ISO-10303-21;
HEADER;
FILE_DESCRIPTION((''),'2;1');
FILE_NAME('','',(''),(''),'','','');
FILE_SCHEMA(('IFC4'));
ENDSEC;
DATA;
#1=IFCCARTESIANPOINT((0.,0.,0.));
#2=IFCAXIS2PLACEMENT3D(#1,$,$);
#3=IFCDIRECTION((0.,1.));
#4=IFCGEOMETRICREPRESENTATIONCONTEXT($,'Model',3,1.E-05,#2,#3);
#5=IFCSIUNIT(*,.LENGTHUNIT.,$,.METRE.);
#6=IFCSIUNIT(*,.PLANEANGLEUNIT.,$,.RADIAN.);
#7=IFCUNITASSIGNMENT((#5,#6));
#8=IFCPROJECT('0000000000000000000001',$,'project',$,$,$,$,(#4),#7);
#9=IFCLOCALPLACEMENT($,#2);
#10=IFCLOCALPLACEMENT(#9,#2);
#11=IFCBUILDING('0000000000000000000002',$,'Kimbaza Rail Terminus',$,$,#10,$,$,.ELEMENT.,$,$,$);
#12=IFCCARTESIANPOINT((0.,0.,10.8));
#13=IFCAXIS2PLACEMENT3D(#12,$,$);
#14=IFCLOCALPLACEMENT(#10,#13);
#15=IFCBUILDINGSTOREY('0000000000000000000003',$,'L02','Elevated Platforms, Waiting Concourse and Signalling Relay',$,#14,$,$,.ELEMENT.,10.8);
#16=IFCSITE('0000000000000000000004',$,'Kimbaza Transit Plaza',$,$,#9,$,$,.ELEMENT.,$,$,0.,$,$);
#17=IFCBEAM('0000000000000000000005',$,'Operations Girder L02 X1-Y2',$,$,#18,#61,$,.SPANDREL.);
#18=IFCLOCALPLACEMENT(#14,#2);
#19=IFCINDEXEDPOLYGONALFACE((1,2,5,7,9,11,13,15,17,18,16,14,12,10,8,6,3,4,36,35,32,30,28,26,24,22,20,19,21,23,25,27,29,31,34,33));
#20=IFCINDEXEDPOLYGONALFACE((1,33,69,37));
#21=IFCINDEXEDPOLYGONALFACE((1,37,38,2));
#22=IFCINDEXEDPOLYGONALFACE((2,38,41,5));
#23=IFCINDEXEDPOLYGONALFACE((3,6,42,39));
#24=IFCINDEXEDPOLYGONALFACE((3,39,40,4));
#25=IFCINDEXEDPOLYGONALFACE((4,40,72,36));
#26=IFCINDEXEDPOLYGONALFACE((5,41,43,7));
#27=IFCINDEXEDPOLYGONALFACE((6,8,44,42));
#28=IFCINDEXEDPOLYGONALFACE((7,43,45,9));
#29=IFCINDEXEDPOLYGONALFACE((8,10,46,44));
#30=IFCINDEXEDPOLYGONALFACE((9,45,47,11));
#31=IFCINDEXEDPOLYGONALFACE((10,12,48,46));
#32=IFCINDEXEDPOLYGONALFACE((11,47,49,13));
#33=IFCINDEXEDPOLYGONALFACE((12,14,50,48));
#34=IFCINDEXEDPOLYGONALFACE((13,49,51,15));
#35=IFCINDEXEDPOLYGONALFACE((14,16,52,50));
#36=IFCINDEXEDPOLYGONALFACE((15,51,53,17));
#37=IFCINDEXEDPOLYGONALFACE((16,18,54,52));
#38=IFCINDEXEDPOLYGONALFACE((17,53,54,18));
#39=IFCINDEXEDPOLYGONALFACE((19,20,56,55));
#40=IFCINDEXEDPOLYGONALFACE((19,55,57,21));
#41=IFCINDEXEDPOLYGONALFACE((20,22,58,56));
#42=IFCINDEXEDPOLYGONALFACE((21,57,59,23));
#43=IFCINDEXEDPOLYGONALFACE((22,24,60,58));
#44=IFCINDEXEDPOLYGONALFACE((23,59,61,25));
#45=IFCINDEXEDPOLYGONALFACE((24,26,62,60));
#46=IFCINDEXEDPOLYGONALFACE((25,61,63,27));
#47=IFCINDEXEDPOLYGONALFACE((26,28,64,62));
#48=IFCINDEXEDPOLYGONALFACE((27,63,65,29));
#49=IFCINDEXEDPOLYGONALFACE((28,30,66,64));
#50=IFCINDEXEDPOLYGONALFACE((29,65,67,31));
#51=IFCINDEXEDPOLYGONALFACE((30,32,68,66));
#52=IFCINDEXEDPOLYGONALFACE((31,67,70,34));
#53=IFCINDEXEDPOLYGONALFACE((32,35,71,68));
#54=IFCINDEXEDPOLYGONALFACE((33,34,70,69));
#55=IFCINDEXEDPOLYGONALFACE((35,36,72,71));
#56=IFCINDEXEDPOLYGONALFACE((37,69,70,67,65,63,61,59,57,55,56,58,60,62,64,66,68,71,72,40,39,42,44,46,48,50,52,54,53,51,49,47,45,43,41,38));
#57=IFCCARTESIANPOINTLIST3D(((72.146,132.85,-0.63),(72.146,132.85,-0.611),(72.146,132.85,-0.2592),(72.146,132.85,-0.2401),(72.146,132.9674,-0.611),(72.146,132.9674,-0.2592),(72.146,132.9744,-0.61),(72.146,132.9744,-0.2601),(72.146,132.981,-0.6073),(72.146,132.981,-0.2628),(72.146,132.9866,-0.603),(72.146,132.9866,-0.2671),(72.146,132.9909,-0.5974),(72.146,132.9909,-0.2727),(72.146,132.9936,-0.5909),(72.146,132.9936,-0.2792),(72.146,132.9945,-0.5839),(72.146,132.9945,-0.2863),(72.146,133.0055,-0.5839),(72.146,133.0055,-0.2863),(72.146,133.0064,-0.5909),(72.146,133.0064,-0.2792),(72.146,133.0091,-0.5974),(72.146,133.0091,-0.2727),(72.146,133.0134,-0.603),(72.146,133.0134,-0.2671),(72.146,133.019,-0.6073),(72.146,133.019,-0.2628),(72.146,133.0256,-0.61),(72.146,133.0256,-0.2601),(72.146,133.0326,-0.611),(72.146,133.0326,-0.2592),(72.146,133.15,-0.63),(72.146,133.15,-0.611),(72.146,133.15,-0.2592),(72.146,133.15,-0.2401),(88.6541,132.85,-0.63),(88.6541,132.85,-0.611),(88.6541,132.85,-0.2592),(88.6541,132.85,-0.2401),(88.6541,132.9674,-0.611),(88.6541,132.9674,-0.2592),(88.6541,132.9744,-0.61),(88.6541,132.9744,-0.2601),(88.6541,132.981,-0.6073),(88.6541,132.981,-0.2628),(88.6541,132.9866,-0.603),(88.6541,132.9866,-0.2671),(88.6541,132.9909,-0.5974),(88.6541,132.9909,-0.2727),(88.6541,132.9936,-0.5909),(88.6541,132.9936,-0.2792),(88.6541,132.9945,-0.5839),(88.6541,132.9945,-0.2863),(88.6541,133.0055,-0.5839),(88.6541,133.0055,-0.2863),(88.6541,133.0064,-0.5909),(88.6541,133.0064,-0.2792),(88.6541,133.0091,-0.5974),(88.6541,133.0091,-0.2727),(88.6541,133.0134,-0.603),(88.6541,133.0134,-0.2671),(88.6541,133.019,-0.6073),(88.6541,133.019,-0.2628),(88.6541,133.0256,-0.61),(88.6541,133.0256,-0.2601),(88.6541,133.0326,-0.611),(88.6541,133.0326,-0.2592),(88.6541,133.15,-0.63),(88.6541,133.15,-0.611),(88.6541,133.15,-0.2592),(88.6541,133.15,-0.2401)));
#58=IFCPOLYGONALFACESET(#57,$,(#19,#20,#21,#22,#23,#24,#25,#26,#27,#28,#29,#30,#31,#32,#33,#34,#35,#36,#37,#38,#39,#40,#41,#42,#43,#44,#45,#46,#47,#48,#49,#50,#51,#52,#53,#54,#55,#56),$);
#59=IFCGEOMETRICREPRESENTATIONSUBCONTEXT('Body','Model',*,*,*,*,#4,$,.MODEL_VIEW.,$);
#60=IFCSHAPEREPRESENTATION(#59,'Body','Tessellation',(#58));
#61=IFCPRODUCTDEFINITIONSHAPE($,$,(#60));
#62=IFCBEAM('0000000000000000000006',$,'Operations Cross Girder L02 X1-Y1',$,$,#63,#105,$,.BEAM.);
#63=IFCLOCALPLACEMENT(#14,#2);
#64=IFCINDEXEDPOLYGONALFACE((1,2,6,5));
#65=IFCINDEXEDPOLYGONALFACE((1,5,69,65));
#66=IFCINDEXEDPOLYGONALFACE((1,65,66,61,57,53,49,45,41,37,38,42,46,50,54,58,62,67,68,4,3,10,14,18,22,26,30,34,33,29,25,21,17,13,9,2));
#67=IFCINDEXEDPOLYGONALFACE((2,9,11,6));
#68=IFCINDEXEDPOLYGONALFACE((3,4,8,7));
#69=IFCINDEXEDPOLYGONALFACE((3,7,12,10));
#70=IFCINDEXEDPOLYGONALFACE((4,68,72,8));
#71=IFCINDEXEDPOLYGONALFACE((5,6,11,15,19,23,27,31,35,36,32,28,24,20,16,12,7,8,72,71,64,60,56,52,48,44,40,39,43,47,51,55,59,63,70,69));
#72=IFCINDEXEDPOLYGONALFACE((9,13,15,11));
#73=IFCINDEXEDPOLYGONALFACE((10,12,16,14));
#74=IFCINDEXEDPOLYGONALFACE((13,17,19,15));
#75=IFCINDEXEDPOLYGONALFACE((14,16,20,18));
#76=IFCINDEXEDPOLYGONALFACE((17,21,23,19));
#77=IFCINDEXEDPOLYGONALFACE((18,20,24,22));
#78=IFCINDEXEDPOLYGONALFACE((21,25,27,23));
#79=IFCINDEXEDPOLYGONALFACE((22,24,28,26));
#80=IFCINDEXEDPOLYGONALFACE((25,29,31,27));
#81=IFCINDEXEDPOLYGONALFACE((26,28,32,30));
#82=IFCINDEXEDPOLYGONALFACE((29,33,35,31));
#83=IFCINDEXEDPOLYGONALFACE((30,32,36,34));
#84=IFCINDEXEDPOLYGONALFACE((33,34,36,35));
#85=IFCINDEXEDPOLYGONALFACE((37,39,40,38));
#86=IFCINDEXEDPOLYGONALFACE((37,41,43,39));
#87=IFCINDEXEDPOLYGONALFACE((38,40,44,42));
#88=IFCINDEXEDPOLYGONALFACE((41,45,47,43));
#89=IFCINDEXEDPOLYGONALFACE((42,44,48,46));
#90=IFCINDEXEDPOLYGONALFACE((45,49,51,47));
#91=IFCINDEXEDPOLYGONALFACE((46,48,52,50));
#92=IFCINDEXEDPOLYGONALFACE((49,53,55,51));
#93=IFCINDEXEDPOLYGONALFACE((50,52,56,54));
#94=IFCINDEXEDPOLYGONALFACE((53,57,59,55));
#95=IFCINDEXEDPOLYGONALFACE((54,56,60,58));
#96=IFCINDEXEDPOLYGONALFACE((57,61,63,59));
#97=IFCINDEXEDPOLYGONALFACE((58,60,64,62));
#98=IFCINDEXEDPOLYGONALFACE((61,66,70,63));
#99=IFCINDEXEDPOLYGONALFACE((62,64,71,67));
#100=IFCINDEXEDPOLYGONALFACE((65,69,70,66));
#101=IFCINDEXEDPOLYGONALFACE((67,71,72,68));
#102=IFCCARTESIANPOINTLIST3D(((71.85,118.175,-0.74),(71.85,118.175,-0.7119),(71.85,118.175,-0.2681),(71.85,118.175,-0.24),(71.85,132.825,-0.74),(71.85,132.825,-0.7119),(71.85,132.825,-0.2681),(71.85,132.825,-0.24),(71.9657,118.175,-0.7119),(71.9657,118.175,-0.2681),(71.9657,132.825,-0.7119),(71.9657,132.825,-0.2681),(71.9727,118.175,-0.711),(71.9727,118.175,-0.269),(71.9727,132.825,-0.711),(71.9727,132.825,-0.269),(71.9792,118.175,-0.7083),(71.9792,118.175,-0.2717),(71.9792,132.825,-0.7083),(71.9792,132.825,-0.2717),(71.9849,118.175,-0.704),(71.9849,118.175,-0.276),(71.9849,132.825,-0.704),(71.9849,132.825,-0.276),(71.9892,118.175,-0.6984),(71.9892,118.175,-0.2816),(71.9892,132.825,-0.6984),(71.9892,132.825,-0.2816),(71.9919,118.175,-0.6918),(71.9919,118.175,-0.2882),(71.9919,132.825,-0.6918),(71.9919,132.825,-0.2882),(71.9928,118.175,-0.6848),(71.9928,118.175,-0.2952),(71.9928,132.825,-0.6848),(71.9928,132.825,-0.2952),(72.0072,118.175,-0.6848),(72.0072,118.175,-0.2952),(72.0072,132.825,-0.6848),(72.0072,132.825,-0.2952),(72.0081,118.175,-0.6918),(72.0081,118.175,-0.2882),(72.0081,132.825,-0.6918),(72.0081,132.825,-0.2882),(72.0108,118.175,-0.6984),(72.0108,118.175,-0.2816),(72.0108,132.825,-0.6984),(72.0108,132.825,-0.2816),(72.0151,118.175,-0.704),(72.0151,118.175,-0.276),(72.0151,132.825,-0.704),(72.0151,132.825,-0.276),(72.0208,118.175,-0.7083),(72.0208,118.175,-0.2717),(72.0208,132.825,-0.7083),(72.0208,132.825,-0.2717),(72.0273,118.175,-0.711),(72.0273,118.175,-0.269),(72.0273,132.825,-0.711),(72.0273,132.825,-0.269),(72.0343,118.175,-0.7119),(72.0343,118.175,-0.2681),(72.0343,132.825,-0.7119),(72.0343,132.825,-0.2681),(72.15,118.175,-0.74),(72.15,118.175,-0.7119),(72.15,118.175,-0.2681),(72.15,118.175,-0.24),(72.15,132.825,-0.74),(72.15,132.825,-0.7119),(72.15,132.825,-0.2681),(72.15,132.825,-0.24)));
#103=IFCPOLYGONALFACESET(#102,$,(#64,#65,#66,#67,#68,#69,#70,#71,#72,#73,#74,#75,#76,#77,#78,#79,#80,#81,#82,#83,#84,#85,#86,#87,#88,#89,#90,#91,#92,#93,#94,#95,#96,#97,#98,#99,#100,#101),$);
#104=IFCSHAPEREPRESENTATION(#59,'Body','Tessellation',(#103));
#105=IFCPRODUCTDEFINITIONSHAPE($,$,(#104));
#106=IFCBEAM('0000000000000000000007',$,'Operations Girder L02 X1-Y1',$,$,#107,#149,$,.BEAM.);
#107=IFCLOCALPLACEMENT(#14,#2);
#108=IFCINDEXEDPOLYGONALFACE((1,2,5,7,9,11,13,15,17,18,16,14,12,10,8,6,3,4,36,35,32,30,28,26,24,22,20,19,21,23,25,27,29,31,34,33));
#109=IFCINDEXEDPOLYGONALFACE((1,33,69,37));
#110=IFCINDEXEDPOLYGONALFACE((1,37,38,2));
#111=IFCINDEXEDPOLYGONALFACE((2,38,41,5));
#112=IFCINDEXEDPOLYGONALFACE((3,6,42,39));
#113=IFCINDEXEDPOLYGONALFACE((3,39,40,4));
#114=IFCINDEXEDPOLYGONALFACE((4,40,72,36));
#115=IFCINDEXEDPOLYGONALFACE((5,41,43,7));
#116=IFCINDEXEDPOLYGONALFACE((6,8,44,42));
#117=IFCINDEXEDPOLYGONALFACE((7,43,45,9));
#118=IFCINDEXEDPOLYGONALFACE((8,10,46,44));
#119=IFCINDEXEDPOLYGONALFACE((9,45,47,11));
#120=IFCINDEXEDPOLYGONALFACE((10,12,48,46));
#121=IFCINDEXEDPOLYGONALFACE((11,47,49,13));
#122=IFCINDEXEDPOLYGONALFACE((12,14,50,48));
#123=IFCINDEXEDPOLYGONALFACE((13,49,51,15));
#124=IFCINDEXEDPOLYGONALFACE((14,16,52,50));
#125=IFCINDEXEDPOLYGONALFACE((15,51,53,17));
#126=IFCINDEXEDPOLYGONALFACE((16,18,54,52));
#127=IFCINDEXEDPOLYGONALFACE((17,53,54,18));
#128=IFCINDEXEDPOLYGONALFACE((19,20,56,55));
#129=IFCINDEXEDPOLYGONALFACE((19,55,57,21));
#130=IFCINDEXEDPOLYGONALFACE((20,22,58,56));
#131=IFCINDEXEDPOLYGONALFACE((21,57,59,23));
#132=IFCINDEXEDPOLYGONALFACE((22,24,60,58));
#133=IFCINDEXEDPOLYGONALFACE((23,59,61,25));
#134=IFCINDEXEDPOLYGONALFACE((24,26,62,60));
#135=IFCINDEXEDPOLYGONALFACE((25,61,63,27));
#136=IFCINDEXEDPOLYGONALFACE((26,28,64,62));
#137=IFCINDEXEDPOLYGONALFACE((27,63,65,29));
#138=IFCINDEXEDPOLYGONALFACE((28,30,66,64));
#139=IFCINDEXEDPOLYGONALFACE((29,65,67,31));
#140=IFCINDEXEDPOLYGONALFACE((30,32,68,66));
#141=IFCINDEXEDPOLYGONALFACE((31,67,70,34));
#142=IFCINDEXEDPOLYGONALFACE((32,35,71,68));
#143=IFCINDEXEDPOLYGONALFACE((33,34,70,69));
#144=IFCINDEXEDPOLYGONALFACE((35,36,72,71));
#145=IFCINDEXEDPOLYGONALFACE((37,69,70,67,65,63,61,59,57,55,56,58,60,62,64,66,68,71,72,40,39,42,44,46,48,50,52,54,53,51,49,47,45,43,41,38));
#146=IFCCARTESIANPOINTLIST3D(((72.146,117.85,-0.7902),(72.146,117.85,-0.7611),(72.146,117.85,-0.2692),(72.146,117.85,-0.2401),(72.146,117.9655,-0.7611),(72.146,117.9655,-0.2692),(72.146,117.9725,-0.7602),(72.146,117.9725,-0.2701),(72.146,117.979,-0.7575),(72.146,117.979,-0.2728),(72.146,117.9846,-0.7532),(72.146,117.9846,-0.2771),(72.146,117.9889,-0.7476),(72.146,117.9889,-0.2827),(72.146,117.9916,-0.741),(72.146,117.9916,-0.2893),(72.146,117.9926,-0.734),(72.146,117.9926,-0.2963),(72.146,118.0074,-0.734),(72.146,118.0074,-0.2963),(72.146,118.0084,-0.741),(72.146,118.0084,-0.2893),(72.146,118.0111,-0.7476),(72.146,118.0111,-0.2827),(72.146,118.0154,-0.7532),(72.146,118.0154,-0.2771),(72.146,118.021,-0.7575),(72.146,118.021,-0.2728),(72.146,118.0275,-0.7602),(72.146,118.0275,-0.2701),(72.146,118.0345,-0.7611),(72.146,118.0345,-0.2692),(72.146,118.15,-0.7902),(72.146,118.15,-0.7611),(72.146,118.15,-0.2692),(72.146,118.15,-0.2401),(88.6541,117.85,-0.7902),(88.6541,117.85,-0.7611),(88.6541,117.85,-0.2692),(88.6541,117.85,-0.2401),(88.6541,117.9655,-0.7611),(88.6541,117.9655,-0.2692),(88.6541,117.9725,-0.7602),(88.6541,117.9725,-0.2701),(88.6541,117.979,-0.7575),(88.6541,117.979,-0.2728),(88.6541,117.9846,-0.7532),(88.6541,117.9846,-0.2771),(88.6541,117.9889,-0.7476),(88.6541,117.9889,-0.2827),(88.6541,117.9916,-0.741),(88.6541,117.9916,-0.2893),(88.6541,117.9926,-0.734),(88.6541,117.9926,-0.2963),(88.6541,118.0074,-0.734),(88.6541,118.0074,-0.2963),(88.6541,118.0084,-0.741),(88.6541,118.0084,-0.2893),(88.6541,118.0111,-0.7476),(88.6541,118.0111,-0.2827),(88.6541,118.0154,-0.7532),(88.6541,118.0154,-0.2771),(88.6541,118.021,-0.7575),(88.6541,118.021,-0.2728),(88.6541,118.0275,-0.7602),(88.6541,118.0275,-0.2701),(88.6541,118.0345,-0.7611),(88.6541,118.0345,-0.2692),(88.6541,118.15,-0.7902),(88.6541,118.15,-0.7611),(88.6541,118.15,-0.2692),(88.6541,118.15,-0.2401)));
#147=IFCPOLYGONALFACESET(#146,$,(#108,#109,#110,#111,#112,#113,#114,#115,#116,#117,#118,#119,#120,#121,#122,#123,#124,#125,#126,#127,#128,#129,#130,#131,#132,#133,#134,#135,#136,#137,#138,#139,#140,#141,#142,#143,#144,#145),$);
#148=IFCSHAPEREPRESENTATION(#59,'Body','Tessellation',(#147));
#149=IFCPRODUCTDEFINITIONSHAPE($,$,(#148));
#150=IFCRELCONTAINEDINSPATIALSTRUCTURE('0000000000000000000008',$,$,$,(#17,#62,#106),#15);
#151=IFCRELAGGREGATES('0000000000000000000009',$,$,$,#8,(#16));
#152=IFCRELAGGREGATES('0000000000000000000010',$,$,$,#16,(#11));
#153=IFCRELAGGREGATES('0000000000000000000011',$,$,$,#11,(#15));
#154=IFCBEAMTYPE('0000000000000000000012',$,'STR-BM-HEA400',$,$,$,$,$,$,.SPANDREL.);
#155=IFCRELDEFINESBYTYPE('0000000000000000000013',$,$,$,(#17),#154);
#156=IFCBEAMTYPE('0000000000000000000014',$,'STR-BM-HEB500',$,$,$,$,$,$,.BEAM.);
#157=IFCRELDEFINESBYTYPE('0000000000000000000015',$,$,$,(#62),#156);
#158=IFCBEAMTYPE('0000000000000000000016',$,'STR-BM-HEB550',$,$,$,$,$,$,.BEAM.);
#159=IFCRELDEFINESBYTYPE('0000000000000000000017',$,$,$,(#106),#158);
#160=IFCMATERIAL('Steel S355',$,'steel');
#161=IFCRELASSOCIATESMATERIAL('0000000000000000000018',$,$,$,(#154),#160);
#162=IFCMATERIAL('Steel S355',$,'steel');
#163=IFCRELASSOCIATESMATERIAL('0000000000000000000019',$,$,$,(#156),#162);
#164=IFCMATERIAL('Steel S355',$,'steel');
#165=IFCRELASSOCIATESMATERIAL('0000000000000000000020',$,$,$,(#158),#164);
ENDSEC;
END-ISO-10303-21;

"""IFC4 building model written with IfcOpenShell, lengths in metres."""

from ifc_helpers import new_model, si_unit, direction, frame, origin, origin_2d, place, context, subcontext, project, spatial, i_section, extrude, material, material_profile, profile_set, type_object, element, save


model = new_model("IFC4")

# Units and contexts
model_context = context("Model", 3, precision=1e-05, world=origin(), true_north=direction((0.0, 1.0)))
body_context = subcontext(model_context, "Body", "Model", "MODEL_VIEW")
ifc_project = project(units=[si_unit("LENGTHUNIT", "METRE"), si_unit("PLANEANGLEUNIT", "RADIAN")], contexts=[model_context])

# Site, building, storey
site_placement = place(None, origin())
site = spatial("IfcSite", under=ifc_project, at=site_placement, Name="Kimbaza Transit Plaza", CompositionType="ELEMENT", RefElevation=0.0)
building_placement = place(site_placement, origin())
building = spatial("IfcBuilding", under=site, at=building_placement, Name="Kimbaza Rail Terminus", CompositionType="ELEMENT")
storey_placement = place(building_placement, frame((0.0, 0.0, 10.8)))
storey = spatial("IfcBuildingStorey", under=building, at=storey_placement, Name="L02", Description="Elevated Platforms, Waiting Concourse and Signalling Relay", CompositionType="ELEMENT", Elevation=10.8)

# Beams
ifc_material_1 = material(Name="Steel S355", Category="steel")
ifc_material_profile_1 = material_profile(ifc_material_1, i_section(OverallWidth=0.3, OverallDepth=0.3899, WebThickness=0.011, FlangeThickness=0.019, FilletRadius=0.0271, at=origin_2d()), Name="HEA 400")
ifc_profile_set_1 = profile_set([ifc_material_profile_1], Name="Steel S355")
beam_type_1 = type_object("IfcBeamType", Name="STR-BM-HEA400", PredefinedType="SPANDREL", material=ifc_profile_set_1)
beam_1_placement = place(storey_placement, frame((72.146, 133.0, -0.4351), z_axis=(1.0, 0.0, 0.0), x_axis=(0.0, 1.0, 0.0)))
element("IfcBeam", 1, at=beam_1_placement, inside=storey, type_object=beam_type_1, Name="Operations Girder L02 X1-Y2", PredefinedType="SPANDREL", context=body_context, shape_type="SweptSolid", body=[
    extrude(i_section(OverallWidth=0.3, OverallDepth=0.3899, WebThickness=0.011, FlangeThickness=0.019, FilletRadius=0.0271, at=origin_2d()), origin(), (0.0, 0.0, 1.0), 16.5081),
])
ifc_material_2 = material(Name="Steel S355", Category="steel")
ifc_material_profile_2 = material_profile(ifc_material_2, i_section(OverallWidth=0.3, OverallDepth=0.5, WebThickness=0.0144, FlangeThickness=0.0281, FilletRadius=0.0271, at=origin_2d()), Name="HEB 500")
ifc_profile_set_2 = profile_set([ifc_material_profile_2], Name="Steel S355")
beam_type_2 = type_object("IfcBeamType", Name="STR-BM-HEB500", PredefinedType="BEAM", material=ifc_profile_set_2)
beam_2_placement = place(storey_placement, frame((72.0, 118.175, -0.49), z_axis=(0.0, 1.0, 0.0), x_axis=(-1.0, 0.0, 0.0)))
element("IfcBeam", 2, at=beam_2_placement, inside=storey, type_object=beam_type_2, Name="Operations Cross Girder L02 X1-Y1", PredefinedType="BEAM", context=body_context, shape_type="SweptSolid", body=[
    extrude(i_section(OverallWidth=0.3, OverallDepth=0.5, WebThickness=0.0144, FlangeThickness=0.0281, FilletRadius=0.0271, at=origin_2d()), origin(), (0.0, 0.0, 1.0), 14.6499),
])
ifc_material_3 = material(Name="Steel S355", Category="steel")
ifc_material_profile_3 = material_profile(ifc_material_3, i_section(OverallWidth=0.3, OverallDepth=0.55, WebThickness=0.0149, FlangeThickness=0.0291, FilletRadius=0.0271, at=origin_2d()), Name="HEB 550")
ifc_profile_set_3 = profile_set([ifc_material_profile_3], Name="Steel S355")
beam_type_3 = type_object("IfcBeamType", Name="STR-BM-HEB550", PredefinedType="BEAM", material=ifc_profile_set_3)
beam_3_placement = place(storey_placement, frame((72.146, 118.0, -0.5151), z_axis=(1.0, 0.0, 0.0), x_axis=(0.0, 1.0, 0.0)))
element("IfcBeam", 3, at=beam_3_placement, inside=storey, type_object=beam_type_3, Name="Operations Girder L02 X1-Y1", PredefinedType="BEAM", context=body_context, shape_type="SweptSolid", body=[
    extrude(i_section(OverallWidth=0.3, OverallDepth=0.55, WebThickness=0.0149, FlangeThickness=0.0291, FilletRadius=0.0271, at=origin_2d()), origin(), (0.0, 0.0, 1.0), 16.5081),
])

save(model, "model.ifc")
